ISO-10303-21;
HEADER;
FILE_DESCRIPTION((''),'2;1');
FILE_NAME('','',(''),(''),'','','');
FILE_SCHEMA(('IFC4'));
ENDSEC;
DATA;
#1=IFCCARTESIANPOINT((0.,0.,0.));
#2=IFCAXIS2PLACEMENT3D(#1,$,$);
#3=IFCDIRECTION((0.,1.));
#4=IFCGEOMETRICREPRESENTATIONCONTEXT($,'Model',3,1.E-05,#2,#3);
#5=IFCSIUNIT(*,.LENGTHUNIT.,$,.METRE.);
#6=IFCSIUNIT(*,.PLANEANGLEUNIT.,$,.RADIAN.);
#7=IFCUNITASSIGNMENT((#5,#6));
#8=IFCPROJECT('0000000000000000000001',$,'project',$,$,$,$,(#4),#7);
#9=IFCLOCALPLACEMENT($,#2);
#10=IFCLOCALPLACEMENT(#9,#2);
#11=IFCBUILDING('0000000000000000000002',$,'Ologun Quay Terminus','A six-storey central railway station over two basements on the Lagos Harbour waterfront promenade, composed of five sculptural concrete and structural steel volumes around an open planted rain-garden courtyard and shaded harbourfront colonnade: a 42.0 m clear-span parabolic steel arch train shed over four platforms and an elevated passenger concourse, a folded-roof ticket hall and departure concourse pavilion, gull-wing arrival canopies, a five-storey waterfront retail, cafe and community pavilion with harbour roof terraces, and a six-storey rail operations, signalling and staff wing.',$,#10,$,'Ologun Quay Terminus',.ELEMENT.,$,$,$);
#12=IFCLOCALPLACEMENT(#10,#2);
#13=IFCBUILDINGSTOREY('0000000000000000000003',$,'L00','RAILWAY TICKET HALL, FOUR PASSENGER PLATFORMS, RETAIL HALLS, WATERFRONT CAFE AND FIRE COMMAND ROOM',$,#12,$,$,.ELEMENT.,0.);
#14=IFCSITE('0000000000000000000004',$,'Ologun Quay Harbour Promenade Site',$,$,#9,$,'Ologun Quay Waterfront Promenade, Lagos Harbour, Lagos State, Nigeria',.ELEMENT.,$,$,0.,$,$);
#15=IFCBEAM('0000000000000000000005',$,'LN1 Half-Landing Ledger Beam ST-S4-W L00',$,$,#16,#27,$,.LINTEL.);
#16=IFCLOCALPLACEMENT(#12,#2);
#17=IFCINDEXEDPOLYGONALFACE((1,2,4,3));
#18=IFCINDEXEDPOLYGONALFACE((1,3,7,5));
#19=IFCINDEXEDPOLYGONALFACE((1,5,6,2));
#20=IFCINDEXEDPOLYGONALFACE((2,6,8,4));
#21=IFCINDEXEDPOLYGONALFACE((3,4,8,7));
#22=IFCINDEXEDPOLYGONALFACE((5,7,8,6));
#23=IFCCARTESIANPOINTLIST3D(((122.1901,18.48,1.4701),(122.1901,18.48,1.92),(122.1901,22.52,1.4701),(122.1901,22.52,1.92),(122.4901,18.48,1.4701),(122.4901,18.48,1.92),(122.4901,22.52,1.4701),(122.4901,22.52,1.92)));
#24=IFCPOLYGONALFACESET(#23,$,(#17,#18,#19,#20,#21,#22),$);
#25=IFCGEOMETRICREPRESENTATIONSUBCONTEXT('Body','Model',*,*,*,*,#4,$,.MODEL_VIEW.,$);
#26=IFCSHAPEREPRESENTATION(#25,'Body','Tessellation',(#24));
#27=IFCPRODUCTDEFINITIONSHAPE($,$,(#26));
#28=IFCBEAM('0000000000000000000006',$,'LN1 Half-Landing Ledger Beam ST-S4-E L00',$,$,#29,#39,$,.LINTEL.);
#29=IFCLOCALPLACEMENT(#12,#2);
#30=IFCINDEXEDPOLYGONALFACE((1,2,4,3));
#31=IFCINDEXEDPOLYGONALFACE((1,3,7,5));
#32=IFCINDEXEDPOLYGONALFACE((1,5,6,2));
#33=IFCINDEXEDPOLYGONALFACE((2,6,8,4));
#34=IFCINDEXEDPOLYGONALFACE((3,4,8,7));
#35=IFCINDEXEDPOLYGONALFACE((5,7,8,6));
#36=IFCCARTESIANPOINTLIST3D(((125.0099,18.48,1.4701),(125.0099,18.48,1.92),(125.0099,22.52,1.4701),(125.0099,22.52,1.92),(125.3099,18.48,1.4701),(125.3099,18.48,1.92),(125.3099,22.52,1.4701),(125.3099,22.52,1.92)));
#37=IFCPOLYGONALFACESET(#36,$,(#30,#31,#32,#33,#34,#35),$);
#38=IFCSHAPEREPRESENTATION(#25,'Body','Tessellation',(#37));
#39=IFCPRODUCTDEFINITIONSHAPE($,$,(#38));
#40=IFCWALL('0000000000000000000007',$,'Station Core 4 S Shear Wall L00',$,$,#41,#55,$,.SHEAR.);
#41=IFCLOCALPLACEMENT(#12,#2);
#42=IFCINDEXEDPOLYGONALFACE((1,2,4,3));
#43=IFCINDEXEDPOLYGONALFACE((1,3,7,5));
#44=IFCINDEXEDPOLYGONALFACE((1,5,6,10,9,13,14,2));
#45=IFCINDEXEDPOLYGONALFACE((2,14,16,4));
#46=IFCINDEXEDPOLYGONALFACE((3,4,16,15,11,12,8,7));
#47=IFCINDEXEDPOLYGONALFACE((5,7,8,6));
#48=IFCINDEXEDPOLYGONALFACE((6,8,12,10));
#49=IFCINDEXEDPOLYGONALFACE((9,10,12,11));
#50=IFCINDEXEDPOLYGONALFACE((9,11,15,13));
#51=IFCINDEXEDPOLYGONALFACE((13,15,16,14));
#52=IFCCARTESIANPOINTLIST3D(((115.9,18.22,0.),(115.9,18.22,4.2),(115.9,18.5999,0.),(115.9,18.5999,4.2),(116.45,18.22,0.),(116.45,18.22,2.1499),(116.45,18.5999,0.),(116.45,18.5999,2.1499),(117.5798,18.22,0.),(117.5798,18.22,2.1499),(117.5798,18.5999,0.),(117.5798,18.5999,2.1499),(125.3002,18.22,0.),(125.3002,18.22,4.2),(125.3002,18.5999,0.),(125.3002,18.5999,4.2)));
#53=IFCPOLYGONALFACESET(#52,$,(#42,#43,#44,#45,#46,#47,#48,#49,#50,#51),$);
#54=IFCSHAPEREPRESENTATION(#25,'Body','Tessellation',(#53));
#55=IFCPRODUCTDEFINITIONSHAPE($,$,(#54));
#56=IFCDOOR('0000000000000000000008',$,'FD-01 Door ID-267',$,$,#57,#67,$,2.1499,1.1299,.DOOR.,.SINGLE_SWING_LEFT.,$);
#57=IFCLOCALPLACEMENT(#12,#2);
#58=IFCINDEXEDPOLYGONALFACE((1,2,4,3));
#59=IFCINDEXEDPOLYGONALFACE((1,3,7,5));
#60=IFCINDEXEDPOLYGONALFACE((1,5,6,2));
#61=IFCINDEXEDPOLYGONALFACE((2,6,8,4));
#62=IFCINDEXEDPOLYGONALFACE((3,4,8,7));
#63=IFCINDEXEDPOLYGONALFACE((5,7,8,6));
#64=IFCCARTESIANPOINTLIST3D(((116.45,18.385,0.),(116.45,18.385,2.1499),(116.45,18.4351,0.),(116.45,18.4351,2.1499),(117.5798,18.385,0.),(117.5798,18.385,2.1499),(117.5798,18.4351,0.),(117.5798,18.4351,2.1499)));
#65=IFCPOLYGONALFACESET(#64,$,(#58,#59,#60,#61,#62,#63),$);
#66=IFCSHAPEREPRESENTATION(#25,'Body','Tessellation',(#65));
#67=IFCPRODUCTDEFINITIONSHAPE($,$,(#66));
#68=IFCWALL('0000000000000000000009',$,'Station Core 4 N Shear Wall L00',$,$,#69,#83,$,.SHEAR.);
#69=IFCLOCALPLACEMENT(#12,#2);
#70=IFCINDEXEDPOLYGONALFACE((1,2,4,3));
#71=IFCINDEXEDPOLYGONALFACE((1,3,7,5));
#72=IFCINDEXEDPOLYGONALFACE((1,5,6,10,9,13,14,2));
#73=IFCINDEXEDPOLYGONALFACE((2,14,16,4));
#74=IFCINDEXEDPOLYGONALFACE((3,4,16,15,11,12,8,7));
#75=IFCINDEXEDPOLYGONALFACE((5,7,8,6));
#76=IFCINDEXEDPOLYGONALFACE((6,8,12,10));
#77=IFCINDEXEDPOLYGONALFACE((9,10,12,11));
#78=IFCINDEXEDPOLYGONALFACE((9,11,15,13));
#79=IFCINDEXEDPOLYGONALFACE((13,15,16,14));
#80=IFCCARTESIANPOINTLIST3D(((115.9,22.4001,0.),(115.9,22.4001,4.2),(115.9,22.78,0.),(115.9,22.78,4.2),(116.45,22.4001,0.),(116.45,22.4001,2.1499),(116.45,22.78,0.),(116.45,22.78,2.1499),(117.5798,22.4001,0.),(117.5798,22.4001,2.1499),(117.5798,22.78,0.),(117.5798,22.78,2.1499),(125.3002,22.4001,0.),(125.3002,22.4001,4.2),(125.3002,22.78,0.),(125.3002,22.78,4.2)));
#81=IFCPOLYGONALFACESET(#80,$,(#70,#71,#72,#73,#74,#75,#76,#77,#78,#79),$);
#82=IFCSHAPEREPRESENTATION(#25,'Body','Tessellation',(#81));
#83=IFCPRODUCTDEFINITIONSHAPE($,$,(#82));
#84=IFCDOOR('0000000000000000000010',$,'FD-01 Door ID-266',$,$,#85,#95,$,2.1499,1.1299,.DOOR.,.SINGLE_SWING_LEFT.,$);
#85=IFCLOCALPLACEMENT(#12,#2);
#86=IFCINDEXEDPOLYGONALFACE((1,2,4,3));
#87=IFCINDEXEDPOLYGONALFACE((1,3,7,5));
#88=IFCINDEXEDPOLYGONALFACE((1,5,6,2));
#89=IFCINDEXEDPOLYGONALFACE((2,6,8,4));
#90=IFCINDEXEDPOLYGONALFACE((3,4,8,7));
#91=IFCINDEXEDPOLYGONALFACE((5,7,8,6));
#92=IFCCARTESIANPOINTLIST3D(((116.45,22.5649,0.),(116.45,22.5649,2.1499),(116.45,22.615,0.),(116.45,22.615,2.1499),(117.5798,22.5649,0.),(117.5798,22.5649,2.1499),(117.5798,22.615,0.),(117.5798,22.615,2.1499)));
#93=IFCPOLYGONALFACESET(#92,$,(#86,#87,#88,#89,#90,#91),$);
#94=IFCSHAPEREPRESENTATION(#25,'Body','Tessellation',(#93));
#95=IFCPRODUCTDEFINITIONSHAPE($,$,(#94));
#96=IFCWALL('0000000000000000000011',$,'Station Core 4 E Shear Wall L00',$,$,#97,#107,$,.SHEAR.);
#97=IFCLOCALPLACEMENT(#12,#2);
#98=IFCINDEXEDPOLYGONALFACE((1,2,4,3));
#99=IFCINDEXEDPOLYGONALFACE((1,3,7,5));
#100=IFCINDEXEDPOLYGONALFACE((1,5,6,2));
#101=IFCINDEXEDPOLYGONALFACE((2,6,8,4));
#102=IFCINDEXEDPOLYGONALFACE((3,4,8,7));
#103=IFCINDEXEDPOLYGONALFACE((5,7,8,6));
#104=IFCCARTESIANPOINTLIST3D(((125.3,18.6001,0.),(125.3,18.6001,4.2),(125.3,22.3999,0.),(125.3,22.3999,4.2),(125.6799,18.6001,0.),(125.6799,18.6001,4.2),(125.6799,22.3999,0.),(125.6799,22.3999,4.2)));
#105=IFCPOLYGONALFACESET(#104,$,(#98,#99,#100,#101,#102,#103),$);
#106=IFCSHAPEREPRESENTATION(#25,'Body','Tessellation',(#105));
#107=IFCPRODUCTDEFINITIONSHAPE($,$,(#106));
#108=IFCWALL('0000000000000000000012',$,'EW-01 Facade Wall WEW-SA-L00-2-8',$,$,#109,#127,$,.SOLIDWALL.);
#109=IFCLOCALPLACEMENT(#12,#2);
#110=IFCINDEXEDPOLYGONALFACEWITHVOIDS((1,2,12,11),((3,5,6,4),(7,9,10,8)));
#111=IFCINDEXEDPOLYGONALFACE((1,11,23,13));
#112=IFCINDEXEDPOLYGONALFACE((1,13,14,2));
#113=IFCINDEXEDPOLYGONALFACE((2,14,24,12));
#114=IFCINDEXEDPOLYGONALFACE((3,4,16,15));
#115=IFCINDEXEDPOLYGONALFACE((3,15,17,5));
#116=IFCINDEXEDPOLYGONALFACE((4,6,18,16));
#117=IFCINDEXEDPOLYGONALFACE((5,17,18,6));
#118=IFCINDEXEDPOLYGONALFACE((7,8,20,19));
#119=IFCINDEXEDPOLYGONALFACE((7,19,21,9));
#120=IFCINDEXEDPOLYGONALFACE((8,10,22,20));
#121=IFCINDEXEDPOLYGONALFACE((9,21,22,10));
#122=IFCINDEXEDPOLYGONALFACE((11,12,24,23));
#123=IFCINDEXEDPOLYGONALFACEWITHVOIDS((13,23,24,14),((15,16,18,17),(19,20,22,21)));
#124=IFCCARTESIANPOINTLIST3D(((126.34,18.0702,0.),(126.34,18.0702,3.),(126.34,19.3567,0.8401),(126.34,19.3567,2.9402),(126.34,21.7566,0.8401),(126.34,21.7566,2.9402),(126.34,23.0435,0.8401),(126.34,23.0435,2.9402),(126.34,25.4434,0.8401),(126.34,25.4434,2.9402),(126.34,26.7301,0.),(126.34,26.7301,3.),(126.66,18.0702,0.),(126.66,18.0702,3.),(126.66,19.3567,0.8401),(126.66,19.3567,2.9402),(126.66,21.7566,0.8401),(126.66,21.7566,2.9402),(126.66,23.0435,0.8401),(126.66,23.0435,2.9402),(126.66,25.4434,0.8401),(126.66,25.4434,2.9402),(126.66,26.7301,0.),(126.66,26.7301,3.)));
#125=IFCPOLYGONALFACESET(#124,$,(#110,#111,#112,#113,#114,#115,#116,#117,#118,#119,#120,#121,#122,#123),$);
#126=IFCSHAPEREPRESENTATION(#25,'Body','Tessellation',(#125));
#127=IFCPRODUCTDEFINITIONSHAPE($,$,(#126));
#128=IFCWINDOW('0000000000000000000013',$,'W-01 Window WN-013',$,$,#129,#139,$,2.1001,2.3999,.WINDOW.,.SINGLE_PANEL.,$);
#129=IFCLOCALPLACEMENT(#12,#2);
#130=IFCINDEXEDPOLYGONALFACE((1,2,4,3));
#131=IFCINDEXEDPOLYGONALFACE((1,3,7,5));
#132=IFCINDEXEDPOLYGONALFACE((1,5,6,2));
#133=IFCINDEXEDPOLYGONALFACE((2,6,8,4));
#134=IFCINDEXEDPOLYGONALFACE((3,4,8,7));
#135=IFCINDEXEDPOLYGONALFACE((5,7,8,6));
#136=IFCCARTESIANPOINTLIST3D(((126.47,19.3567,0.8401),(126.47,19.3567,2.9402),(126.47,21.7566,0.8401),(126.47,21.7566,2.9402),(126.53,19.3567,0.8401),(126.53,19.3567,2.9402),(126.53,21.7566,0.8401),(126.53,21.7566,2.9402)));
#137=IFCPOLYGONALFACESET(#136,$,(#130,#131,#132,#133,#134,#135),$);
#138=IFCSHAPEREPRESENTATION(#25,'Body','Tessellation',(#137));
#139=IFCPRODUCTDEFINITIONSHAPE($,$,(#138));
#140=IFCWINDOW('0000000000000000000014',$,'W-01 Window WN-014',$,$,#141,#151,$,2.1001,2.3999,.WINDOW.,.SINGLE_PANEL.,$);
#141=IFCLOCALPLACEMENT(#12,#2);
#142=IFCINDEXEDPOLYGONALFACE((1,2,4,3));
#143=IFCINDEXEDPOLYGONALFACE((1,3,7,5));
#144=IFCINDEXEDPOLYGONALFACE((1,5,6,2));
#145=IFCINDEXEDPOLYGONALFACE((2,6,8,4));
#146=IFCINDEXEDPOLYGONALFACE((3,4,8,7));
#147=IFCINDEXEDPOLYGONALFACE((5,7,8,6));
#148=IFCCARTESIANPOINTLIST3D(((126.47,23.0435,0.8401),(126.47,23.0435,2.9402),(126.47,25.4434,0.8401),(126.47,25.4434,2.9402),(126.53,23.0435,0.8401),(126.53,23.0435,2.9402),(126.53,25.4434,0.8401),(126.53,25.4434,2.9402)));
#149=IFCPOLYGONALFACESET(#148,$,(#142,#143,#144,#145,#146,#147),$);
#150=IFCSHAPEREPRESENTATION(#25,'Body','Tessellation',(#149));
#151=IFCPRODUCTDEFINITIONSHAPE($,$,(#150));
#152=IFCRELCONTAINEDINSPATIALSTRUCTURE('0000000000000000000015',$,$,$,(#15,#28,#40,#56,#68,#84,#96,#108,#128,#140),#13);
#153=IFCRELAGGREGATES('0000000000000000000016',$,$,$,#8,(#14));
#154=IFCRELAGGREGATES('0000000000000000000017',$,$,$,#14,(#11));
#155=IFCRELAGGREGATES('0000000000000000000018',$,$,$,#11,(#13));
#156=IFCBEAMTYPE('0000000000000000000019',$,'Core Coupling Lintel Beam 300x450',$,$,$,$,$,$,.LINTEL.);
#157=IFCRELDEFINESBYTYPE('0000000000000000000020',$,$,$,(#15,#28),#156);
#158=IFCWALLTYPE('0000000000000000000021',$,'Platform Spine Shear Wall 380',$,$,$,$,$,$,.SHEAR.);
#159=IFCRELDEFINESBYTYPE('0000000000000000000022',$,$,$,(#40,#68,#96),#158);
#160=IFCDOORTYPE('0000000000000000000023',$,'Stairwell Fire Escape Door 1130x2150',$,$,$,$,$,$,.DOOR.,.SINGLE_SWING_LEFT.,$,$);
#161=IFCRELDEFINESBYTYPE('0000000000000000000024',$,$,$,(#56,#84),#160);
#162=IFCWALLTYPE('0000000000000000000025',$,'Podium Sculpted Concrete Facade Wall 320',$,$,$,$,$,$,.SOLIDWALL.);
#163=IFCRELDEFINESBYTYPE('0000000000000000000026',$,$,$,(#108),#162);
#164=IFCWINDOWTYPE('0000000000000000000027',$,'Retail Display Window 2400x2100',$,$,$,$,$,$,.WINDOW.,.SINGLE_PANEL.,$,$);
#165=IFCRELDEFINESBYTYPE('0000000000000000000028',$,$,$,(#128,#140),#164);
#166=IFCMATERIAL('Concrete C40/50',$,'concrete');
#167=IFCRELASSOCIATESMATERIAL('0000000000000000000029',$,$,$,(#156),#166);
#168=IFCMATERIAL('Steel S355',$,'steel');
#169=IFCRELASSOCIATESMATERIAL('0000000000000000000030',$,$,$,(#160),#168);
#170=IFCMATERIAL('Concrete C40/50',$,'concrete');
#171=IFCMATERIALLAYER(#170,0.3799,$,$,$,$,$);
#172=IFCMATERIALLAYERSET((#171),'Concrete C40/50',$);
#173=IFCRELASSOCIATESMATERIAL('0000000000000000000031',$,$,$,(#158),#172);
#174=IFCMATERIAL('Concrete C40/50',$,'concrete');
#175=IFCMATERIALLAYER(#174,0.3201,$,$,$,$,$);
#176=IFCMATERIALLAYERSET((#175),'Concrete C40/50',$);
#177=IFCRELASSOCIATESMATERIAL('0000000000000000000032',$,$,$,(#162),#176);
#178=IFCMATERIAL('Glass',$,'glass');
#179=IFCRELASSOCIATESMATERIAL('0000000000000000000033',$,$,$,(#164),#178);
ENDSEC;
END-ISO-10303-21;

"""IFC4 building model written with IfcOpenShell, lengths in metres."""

from ifc_helpers import new_model, si_unit, direction, frame, frame_2d, origin, origin_2d, place, context, subcontext, project, spatial, rectangle, extrude, material, layer, layer_set, material_profile, profile_set, type_object, element, fill, save


model = new_model("IFC4")

# Units and contexts
model_context = context("Model", 3, precision=1e-05, world=origin(), true_north=direction((0.0, 1.0)))
body_context = subcontext(model_context, "Body", "Model", "MODEL_VIEW")
ifc_project = project(units=[si_unit("LENGTHUNIT", "METRE"), si_unit("PLANEANGLEUNIT", "RADIAN")], contexts=[model_context])

# Site, building, storey
site_placement = place(None, origin())
site = spatial("IfcSite", under=ifc_project, at=site_placement, Name="Ologun Quay Harbour Promenade Site", LongName="Ologun Quay Waterfront Promenade, Lagos Harbour, Lagos State, Nigeria", CompositionType="ELEMENT", RefElevation=0.0)
building_placement = place(site_placement, origin())
building = spatial("IfcBuilding", under=site, at=building_placement, Name="Ologun Quay Terminus", Description="A six-storey central railway station over two basements on the Lagos Harbour waterfront promenade, composed of five sculptural concrete and structural steel volumes around an open planted rain-garden courtyard and shaded harbourfront colonnade: a 42.0 m clear-span parabolic steel arch train shed over four platforms and an elevated passenger concourse, a folded-roof ticket hall and departure concourse pavilion, gull-wing arrival canopies, a five-storey waterfront retail, cafe and community pavilion with harbour roof terraces, and a six-storey rail operations, signalling and staff wing.", LongName="Ologun Quay Terminus", CompositionType="ELEMENT")
storey_placement = place(building_placement, origin())
storey = spatial("IfcBuildingStorey", under=building, at=storey_placement, Name="L00", Description="RAILWAY TICKET HALL, FOUR PASSENGER PLATFORMS, RETAIL HALLS, WATERFRONT CAFE AND FIRE COMMAND ROOM", CompositionType="ELEMENT", Elevation=0.0)

# Beams
ifc_material_1 = material(Name="Concrete C40/50", Category="concrete")
ifc_material_profile = material_profile(ifc_material_1, rectangle(XDim=0.3, YDim=0.45, at=origin_2d()), Name="RC 300x450")
ifc_profile_set = profile_set([ifc_material_profile], Name="Concrete C40/50")
beam_type = type_object("IfcBeamType", Name="Core Coupling Lintel Beam 300x450", PredefinedType="LINTEL", material=ifc_profile_set)
for number, where, z_axis, x_axis, name in (
    (1, (122.3401, 18.48, 1.6951), (0.0, 1.0, 0.0), (-1.0, 0.0, 0.0), "LN1 Half-Landing Ledger Beam ST-S4-W L00"),
    (2, (125.1599, 18.48, 1.6951), (0.0, 1.0, 0.0), (-1.0, 0.0, 0.0), "LN1 Half-Landing Ledger Beam ST-S4-E L00"),
):
    element("IfcBeam", number, at=place(storey_placement, frame(where, z_axis=z_axis, x_axis=x_axis)), inside=storey, type_object=beam_type, Name=name, PredefinedType="LINTEL", context=body_context, shape_type="SweptSolid", body=[
        extrude(rectangle(XDim=0.3, YDim=0.45, at=origin_2d()), origin(), (0.0, 0.0, 1.0), 4.04),
    ])

# Walls, openings, doors
ifc_material_2 = material(Name="Steel S355", Category="steel")
door_type = type_object("IfcDoorType", Name="Stairwell Fire Escape Door 1130x2150", OperationType="SINGLE_SWING_LEFT", PredefinedType="DOOR", material=ifc_material_2)
ifc_material_3 = material(Name="Concrete C40/50", Category="concrete")
ifc_layer_1 = layer(ifc_material_3, 0.3799)
ifc_layer_set_1 = layer_set([ifc_layer_1], Name="Concrete C40/50")
wall_type_1 = type_object("IfcWallType", Name="Platform Spine Shear Wall 380", PredefinedType="SHEAR", material=ifc_layer_set_1)
wall_1_placement = place(storey_placement, frame((115.8999, 18.4099, 0.0), z_axis=(0.0, 0.0, 1.0), x_axis=(1.0, 0.0, 0.0)))
wall_1 = element("IfcWall", 3, at=wall_1_placement, inside=storey, type_object=wall_type_1, Name="Station Core 4 S Shear Wall L00", PredefinedType="SHEAR", context=body_context, shape_type="SweptSolid", body=[
    extrude(rectangle(XDim=9.4001, YDim=0.3799, at=frame_2d((4.7002, 0.0))), origin(), (0.0, 0.0, 1.0), 4.2),
])
opening_1_placement = place(wall_1_placement, frame((0.55, 0.0, 0.0)))
opening_1 = element("IfcOpeningElement", 4, at=opening_1_placement, cuts=wall_1, PredefinedType="OPENING", context=body_context, shape_type="SweptSolid", body=[
    extrude(rectangle(XDim=1.1299, YDim=2.1499, at=frame_2d((0.5649, 1.075))), frame((0.0, 0.2, 0.0), z_axis=(0.0, -1.0, 0.0), x_axis=(1.0, 0.0, 0.0)), (0.0, 0.0, 1.0), 0.3999),
])
door_1_placement = place(opening_1_placement, frame((0.5649, 0.0, 0.0), z_axis=(0.0, 0.0, 1.0), x_axis=(-1.0, 0.0, 0.0)))
door_1 = element("IfcDoor", 5, at=door_1_placement, inside=storey, type_object=door_type, Name="FD-01 Door ID-267", OperationType="SINGLE_SWING_LEFT", OverallHeight=2.1499, OverallWidth=1.1299, PredefinedType="DOOR", context=body_context, shape_type="SweptSolid", body=[
    extrude(rectangle(XDim=1.1299, YDim=2.1499, at=frame_2d((0.0, 1.075))), frame((0.0, 0.0249, 0.0), z_axis=(0.0, -1.0, 0.0), x_axis=(1.0, 0.0, 0.0)), (0.0, 0.0, 1.0), 0.05),
])
fill(opening_1, door_1)
wall_2_placement = place(storey_placement, frame((115.8999, 22.5901, 0.0), z_axis=(0.0, 0.0, 1.0), x_axis=(1.0, 0.0, 0.0)))
wall_2 = element("IfcWall", 6, at=wall_2_placement, inside=storey, type_object=wall_type_1, Name="Station Core 4 N Shear Wall L00", PredefinedType="SHEAR", context=body_context, shape_type="SweptSolid", body=[
    extrude(rectangle(XDim=9.4001, YDim=0.3799, at=frame_2d((4.7002, 0.0))), origin(), (0.0, 0.0, 1.0), 4.2),
])
opening_2_placement = place(wall_2_placement, frame((0.55, 0.0, 0.0)))
opening_2 = element("IfcOpeningElement", 7, at=opening_2_placement, cuts=wall_2, PredefinedType="OPENING", context=body_context, shape_type="SweptSolid", body=[
    extrude(rectangle(XDim=1.1299, YDim=2.1499, at=frame_2d((0.5649, 1.075))), frame((0.0, 0.2, 0.0), z_axis=(0.0, -1.0, 0.0), x_axis=(1.0, 0.0, 0.0)), (0.0, 0.0, 1.0), 0.3999),
])
door_2_placement = place(opening_2_placement, origin())
door_2 = element("IfcDoor", 8, at=door_2_placement, inside=storey, type_object=door_type, Name="FD-01 Door ID-266", OperationType="SINGLE_SWING_LEFT", OverallHeight=2.1499, OverallWidth=1.1299, PredefinedType="DOOR", context=body_context, shape_type="SweptSolid", body=[
    extrude(rectangle(XDim=1.1299, YDim=2.1499, at=frame_2d((0.5649, 1.075))), frame((0.0, 0.0249, 0.0), z_axis=(0.0, -1.0, 0.0), x_axis=(1.0, 0.0, 0.0)), (0.0, 0.0, 1.0), 0.05),
])
fill(opening_2, door_2)

# Wall
wall_3_placement = place(storey_placement, frame((125.49, 18.6001, 0.0), z_axis=(0.0, 0.0, 1.0), x_axis=(0.0, 1.0, 0.0)))
element("IfcWall", 9, at=wall_3_placement, inside=storey, type_object=wall_type_1, Name="Station Core 4 E Shear Wall L00", PredefinedType="SHEAR", context=body_context, shape_type="SweptSolid", body=[
    extrude(rectangle(XDim=3.7998, YDim=0.3799, at=frame_2d((1.8999, 0.0))), origin(), (0.0, 0.0, 1.0), 4.2),
])

# Wall, openings, windows
ifc_material_4 = material(Name="Concrete C40/50", Category="concrete")
ifc_layer_2 = layer(ifc_material_4, 0.3201)
ifc_layer_set_2 = layer_set([ifc_layer_2], Name="Concrete C40/50")
wall_type_2 = type_object("IfcWallType", Name="Podium Sculpted Concrete Facade Wall 320", PredefinedType="SOLIDWALL", material=ifc_layer_set_2)
wall_4_placement = place(storey_placement, frame((126.5, 18.0701, 0.0), z_axis=(0.0, 0.0, 1.0), x_axis=(0.0, 1.0, 0.0)))
wall_4 = element("IfcWall", 10, at=wall_4_placement, inside=storey, type_object=wall_type_2, Name="EW-01 Facade Wall WEW-SA-L00-2-8", PredefinedType="SOLIDWALL", context=body_context, shape_type="SweptSolid", body=[
    extrude(rectangle(XDim=8.6599, YDim=0.3201, at=frame_2d((4.3301, 0.0))), origin(), (0.0, 0.0, 1.0), 3.0),
])
opening_3_placement = place(wall_4_placement, frame((1.2866, 0.0, 0.8401)))
opening_3 = element("IfcOpeningElement", 11, at=opening_3_placement, cuts=wall_4, PredefinedType="OPENING", context=body_context, shape_type="SweptSolid", body=[
    extrude(rectangle(XDim=2.3999, YDim=2.1001, at=frame_2d((1.2, 1.05))), frame((0.0, 0.1699, 0.0), z_axis=(0.0, -1.0, 0.0), x_axis=(1.0, 0.0, 0.0)), (0.0, 0.0, 1.0), 0.3401),
])
opening_4_placement = place(wall_4_placement, frame((4.9734, 0.0, 0.8401)))
opening_4 = element("IfcOpeningElement", 12, at=opening_4_placement, cuts=wall_4, PredefinedType="OPENING", context=body_context, shape_type="SweptSolid", body=[
    extrude(rectangle(XDim=2.3999, YDim=2.1001, at=frame_2d((1.2, 1.05))), frame((0.0, 0.1699, 0.0), z_axis=(0.0, -1.0, 0.0), x_axis=(1.0, 0.0, 0.0)), (0.0, 0.0, 1.0), 0.3401),
])
ifc_material_5 = material(Name="Glass", Category="glass")
window_type = type_object("IfcWindowType", Name="Retail Display Window 2400x2100", PartitioningType="SINGLE_PANEL", PredefinedType="WINDOW", material=ifc_material_5)
window_1_placement = place(opening_3_placement, origin())
window_1 = element("IfcWindow", 13, at=window_1_placement, inside=storey, type_object=window_type, Name="W-01 Window WN-013", OverallHeight=2.1001, OverallWidth=2.3999, PartitioningType="SINGLE_PANEL", PredefinedType="WINDOW", context=body_context, shape_type="SweptSolid", body=[
    extrude(rectangle(XDim=2.3999, YDim=2.1001, at=frame_2d((1.2, 1.05))), frame((0.0, 0.03, 0.0), z_axis=(0.0, -1.0, 0.0), x_axis=(1.0, 0.0, 0.0)), (0.0, 0.0, 1.0), 0.0601),
])
fill(opening_3, window_1)
window_2_placement = place(opening_4_placement, origin())
window_2 = element("IfcWindow", 14, at=window_2_placement, inside=storey, type_object=window_type, Name="W-01 Window WN-014", OverallHeight=2.1001, OverallWidth=2.3999, PartitioningType="SINGLE_PANEL", PredefinedType="WINDOW", context=body_context, shape_type="SweptSolid", body=[
    extrude(rectangle(XDim=2.3999, YDim=2.1001, at=frame_2d((1.2, 1.05))), frame((0.0, 0.03, 0.0), z_axis=(0.0, -1.0, 0.0), x_axis=(1.0, 0.0, 0.0)), (0.0, 0.0, 1.0), 0.0601),
])
fill(opening_4, window_2)

save(model, "model.ifc")
